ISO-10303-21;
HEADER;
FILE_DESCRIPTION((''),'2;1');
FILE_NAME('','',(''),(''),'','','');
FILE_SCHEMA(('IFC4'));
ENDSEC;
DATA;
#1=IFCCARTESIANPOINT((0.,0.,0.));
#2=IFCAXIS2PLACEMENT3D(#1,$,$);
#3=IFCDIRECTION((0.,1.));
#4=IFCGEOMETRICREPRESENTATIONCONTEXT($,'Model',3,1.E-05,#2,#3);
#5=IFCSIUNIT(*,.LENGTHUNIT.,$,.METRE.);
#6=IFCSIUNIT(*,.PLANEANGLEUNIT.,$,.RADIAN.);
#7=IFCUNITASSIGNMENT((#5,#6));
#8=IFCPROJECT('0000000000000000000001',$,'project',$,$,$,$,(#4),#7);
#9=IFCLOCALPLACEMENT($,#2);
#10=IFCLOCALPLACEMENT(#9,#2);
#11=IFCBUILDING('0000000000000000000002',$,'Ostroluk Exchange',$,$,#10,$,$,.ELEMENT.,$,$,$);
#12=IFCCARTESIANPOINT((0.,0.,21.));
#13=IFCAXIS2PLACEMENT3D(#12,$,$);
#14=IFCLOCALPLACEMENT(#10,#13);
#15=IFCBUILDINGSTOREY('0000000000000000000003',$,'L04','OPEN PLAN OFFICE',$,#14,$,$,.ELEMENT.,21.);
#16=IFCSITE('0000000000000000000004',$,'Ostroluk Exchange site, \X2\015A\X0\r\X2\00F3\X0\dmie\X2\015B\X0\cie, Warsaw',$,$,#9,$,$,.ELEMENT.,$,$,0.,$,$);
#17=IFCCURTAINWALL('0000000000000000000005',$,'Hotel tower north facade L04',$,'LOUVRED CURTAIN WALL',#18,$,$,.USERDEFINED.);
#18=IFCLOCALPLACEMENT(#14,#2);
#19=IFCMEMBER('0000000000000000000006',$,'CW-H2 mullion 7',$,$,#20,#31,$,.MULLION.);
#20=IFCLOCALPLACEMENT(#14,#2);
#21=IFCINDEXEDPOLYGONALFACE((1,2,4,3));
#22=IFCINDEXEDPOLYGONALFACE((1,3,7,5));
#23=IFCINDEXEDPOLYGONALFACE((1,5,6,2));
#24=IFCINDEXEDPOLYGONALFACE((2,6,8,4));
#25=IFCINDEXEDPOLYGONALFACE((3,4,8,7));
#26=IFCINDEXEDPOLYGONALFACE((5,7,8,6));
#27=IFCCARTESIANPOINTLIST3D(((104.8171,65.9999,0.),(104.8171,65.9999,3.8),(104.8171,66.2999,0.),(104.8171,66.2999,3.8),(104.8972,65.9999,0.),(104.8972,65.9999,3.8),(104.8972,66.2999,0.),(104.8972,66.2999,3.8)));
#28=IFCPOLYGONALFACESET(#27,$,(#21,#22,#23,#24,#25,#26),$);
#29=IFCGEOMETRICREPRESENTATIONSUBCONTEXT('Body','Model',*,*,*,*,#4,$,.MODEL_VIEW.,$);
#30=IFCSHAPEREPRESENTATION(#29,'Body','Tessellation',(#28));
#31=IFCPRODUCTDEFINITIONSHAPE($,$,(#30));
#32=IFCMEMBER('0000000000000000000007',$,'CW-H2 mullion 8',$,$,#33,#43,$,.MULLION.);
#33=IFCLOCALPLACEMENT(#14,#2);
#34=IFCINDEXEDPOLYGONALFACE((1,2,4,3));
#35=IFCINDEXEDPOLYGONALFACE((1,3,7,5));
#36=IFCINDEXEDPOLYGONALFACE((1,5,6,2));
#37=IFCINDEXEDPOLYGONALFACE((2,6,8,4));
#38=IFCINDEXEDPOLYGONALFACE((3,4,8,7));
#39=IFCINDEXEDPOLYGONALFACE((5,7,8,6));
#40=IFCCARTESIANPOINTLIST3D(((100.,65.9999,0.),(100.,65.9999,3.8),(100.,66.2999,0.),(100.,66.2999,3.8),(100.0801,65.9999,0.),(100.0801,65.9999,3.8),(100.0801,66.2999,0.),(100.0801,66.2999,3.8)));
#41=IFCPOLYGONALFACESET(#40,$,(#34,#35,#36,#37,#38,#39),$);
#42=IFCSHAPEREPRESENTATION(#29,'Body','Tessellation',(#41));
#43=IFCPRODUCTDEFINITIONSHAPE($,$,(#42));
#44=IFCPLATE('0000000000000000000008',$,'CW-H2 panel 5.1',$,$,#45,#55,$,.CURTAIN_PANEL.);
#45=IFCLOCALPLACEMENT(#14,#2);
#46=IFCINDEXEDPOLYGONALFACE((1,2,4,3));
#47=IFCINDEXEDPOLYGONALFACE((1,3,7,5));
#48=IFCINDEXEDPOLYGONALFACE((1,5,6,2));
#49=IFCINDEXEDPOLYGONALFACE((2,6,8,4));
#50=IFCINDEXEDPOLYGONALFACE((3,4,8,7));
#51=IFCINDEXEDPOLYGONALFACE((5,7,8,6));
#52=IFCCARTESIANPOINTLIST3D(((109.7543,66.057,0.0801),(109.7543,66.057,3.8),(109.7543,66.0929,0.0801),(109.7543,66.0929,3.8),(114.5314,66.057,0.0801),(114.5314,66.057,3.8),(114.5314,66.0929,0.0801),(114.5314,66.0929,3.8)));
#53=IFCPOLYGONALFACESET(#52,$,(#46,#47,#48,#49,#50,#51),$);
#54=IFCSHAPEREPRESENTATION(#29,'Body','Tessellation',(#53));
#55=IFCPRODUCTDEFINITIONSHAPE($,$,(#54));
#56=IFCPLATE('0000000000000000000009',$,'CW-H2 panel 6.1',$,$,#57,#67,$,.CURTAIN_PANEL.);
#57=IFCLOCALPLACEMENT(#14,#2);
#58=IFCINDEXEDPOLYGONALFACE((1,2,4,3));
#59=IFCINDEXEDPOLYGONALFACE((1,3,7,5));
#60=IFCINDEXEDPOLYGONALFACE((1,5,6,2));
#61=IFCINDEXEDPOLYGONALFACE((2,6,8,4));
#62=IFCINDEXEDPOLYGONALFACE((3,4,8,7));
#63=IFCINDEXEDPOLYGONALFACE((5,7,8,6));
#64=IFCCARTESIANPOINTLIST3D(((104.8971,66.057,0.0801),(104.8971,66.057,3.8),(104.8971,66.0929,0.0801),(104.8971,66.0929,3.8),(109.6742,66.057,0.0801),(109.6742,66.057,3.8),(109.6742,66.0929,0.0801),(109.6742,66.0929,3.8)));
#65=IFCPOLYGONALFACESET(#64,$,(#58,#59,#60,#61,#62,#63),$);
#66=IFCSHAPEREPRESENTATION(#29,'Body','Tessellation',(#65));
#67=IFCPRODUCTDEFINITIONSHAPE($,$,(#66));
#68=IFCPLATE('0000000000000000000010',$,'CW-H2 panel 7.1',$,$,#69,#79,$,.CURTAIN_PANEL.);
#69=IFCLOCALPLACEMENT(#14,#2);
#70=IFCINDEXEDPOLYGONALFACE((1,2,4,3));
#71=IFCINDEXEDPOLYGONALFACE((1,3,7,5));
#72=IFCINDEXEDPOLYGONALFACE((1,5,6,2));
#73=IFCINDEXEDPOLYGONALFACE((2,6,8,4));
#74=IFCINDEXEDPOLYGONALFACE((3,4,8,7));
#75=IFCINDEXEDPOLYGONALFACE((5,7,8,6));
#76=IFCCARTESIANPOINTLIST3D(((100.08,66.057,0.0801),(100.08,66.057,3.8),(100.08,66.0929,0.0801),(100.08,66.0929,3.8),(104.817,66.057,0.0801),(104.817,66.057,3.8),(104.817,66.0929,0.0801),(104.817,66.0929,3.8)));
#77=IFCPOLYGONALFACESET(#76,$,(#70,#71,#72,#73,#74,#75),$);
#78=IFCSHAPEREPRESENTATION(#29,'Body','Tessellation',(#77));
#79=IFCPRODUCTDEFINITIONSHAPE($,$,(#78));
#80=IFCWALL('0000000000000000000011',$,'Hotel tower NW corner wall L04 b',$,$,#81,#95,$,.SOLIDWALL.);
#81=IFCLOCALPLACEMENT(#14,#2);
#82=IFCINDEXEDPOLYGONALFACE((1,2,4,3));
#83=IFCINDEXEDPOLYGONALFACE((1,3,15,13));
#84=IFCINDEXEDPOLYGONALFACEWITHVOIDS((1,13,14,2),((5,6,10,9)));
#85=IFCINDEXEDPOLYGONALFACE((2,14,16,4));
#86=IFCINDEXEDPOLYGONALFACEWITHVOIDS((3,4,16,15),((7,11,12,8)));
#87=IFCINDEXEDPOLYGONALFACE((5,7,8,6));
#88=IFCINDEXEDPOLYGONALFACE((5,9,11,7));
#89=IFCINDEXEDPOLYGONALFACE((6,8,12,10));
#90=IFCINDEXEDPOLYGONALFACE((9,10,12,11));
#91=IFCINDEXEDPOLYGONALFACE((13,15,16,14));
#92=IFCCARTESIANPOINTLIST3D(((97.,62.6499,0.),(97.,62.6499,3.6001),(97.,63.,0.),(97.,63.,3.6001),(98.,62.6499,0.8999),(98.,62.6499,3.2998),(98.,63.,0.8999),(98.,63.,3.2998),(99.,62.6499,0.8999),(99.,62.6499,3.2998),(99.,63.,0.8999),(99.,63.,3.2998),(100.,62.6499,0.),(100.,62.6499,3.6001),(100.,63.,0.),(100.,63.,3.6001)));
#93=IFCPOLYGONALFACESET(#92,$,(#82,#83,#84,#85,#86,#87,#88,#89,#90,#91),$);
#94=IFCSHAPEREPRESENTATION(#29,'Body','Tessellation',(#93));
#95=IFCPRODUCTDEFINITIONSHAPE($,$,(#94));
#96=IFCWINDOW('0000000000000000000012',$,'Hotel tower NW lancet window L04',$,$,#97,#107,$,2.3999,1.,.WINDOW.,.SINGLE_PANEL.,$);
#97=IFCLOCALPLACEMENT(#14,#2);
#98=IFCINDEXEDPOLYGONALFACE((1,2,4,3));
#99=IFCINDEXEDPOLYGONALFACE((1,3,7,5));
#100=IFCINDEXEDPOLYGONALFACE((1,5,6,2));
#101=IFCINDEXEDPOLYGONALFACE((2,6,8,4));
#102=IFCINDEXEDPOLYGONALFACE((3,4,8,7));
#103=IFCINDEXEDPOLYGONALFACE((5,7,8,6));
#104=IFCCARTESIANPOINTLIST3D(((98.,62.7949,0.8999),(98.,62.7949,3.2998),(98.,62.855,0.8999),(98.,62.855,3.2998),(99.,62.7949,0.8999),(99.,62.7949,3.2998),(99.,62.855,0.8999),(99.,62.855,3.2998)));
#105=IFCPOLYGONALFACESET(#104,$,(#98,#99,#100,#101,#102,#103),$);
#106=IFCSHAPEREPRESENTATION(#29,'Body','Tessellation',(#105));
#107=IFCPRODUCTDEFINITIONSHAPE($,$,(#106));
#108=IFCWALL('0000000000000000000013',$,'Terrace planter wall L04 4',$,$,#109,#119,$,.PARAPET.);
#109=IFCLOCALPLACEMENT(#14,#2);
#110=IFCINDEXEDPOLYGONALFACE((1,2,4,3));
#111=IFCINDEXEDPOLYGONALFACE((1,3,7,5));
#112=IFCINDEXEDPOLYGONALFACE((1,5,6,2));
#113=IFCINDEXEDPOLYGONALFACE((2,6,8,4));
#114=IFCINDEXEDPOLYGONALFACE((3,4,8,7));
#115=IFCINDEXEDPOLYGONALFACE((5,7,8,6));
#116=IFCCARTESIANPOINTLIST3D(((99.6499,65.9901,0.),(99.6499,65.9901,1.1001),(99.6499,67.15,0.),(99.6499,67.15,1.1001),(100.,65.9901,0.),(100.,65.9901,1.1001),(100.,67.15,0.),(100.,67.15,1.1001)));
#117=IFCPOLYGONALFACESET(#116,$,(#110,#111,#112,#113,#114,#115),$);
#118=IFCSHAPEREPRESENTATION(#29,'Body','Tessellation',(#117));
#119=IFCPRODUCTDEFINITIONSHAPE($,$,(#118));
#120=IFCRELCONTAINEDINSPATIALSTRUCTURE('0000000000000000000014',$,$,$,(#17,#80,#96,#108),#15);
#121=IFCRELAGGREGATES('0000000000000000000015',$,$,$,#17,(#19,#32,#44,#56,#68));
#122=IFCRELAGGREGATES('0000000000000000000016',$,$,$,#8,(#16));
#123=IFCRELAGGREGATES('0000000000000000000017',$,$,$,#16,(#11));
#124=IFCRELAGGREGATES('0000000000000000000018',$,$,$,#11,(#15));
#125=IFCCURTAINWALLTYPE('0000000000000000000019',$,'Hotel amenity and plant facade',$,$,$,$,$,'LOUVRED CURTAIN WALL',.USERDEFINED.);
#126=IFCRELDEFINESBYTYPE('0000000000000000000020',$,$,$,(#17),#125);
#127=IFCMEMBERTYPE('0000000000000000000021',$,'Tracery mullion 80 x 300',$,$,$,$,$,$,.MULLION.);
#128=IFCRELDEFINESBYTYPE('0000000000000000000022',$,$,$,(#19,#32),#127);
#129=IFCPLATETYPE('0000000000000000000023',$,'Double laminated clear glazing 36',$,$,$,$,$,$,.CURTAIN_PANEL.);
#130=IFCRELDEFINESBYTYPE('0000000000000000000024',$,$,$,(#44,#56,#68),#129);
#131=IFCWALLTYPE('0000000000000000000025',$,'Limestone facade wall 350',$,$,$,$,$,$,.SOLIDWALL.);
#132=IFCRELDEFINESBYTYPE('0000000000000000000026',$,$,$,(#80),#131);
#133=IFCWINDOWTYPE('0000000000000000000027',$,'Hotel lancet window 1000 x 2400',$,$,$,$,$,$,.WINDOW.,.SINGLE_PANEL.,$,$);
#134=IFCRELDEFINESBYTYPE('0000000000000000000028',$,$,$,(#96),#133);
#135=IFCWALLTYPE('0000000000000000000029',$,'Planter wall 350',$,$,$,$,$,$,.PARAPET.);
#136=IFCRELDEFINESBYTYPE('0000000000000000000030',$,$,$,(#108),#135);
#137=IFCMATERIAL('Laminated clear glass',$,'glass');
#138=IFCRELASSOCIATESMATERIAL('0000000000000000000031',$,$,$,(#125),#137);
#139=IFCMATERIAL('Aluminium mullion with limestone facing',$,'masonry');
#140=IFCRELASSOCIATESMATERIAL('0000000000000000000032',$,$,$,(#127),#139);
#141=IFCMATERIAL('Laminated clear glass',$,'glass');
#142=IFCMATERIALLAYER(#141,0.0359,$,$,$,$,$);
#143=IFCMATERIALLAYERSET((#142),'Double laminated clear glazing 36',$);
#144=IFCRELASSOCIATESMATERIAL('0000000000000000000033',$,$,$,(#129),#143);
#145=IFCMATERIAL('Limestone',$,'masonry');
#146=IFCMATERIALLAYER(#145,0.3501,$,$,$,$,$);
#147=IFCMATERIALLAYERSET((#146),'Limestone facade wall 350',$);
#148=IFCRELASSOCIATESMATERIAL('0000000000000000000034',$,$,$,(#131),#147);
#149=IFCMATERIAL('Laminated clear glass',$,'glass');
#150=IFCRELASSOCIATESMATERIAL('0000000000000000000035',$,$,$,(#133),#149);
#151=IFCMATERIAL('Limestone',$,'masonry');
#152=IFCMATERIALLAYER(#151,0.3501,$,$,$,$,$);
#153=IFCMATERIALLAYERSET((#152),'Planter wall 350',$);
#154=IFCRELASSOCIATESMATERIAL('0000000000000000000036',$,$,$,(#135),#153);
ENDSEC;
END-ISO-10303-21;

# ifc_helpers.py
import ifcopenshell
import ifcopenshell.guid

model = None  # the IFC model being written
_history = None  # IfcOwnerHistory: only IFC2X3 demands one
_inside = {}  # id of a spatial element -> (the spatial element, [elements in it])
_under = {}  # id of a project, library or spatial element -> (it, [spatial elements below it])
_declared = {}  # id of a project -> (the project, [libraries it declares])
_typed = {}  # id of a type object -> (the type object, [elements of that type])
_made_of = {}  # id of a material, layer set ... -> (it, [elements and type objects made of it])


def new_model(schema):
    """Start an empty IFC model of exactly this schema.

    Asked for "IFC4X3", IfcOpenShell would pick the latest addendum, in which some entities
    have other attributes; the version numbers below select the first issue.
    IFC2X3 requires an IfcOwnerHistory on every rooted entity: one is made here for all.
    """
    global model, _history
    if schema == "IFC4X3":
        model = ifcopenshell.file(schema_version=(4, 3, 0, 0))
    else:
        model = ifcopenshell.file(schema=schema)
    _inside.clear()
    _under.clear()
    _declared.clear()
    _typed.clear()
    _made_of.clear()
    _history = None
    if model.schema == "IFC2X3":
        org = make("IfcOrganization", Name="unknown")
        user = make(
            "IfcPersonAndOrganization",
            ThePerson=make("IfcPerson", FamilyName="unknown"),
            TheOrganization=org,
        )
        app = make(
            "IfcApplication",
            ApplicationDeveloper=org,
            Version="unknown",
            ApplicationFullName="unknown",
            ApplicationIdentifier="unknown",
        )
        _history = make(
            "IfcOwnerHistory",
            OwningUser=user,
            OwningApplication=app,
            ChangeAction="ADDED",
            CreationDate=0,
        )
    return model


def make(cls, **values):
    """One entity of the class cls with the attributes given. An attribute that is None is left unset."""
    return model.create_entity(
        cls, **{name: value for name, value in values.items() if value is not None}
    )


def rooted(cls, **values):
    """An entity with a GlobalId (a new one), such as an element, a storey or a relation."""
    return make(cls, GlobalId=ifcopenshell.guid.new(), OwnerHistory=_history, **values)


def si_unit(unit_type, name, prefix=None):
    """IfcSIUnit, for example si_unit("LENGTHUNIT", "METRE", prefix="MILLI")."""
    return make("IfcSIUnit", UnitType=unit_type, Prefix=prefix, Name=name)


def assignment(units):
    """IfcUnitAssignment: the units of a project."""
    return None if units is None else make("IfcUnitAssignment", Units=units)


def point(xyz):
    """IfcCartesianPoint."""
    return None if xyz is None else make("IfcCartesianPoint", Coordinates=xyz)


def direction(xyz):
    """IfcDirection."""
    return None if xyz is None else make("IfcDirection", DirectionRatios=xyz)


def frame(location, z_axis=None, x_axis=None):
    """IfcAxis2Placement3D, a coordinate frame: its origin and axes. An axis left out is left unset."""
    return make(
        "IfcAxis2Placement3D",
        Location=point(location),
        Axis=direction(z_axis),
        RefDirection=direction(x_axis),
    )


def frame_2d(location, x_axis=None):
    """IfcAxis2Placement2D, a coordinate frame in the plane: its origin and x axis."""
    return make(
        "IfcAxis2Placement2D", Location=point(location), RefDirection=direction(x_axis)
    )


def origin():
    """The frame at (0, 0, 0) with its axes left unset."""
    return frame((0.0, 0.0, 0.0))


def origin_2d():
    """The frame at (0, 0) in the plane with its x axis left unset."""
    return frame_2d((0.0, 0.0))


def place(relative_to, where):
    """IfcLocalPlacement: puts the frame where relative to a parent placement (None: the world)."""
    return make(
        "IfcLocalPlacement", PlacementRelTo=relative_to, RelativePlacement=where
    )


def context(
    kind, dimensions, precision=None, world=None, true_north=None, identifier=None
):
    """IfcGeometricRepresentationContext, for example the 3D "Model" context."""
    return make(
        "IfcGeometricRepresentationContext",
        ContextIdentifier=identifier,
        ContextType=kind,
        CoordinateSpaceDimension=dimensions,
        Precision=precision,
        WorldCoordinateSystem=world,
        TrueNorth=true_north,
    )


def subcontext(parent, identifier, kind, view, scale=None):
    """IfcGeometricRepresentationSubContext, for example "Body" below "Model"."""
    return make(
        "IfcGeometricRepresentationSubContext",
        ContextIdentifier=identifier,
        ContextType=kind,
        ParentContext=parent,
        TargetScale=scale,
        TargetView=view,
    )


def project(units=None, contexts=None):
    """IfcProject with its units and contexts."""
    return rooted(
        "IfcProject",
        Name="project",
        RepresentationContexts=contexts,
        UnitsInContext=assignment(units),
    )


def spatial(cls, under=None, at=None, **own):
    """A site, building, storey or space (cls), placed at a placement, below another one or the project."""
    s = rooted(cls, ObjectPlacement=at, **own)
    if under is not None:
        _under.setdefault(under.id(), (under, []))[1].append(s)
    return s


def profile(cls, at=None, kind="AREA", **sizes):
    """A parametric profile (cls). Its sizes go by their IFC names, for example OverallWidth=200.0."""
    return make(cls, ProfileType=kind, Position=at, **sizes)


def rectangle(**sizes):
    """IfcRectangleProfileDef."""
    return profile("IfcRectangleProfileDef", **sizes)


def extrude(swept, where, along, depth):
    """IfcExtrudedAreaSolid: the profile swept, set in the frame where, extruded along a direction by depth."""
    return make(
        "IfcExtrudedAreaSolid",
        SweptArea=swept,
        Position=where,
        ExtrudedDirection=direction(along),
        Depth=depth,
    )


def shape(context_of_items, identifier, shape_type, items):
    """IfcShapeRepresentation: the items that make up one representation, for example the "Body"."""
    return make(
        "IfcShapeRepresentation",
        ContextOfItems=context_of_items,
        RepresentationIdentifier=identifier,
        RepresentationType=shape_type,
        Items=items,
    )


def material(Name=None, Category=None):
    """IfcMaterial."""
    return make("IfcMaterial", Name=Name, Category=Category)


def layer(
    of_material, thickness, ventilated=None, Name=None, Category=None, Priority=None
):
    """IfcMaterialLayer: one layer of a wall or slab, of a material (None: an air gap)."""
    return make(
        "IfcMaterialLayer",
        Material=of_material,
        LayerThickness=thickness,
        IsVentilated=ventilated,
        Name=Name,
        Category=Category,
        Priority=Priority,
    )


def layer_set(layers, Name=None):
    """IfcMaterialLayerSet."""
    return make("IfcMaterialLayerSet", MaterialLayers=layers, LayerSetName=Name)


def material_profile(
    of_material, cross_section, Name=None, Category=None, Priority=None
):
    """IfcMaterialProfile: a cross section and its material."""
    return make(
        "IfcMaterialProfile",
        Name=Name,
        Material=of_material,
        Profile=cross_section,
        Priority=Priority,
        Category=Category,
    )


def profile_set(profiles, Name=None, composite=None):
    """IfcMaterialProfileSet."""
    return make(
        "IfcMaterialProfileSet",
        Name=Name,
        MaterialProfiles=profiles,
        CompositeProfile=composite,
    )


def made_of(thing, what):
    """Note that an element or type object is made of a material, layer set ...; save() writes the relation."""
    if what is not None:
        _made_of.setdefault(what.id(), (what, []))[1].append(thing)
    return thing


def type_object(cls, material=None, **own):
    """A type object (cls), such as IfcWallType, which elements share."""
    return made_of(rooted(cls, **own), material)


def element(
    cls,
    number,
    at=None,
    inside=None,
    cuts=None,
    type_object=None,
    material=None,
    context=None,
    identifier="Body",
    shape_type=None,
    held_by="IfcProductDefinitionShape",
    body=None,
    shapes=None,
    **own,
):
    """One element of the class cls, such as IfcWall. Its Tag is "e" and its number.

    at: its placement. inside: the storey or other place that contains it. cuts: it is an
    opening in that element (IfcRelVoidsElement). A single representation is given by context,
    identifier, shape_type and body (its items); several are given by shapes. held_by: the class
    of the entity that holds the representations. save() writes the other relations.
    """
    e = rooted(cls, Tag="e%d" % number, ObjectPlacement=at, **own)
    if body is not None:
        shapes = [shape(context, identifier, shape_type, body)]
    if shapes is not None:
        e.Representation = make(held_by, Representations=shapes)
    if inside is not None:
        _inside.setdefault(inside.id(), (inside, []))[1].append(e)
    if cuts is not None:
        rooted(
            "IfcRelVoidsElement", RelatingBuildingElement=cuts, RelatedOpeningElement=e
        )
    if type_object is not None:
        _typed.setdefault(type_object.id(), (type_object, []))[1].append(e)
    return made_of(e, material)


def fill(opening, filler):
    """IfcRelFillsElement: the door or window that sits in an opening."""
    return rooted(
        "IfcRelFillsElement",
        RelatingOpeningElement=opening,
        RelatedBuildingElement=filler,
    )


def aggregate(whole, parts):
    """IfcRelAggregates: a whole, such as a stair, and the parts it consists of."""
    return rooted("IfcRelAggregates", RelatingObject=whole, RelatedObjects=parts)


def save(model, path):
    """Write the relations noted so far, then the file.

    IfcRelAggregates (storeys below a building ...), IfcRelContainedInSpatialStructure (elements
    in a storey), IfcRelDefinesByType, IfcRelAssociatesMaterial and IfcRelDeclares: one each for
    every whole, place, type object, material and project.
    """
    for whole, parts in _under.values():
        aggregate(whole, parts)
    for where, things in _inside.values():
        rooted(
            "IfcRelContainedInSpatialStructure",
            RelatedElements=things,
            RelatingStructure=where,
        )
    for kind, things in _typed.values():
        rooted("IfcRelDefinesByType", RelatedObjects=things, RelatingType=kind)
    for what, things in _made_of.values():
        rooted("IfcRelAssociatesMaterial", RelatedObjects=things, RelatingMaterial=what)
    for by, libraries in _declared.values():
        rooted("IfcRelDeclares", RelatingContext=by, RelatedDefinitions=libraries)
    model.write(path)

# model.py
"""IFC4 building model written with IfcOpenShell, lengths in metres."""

from ifc_helpers import new_model, si_unit, direction, frame, frame_2d, origin, origin_2d, place, context, subcontext, project, spatial, rectangle, extrude, material, layer, layer_set, material_profile, profile_set, type_object, element, fill, aggregate, save


model = new_model("IFC4")

# Units and contexts
model_context = context("Model", 3, precision=1e-05, world=origin(), true_north=direction((0.0, 1.0)))
body_context = subcontext(model_context, "Body", "Model", "MODEL_VIEW")
ifc_project = project(units=[si_unit("LENGTHUNIT", "METRE"), si_unit("PLANEANGLEUNIT", "RADIAN")], contexts=[model_context])

# Site, building, storey
site_placement = place(None, origin())
site = spatial("IfcSite", under=ifc_project, at=site_placement, Name="Ostroluk Exchange site, Śródmieście, Warsaw", CompositionType="ELEMENT", RefElevation=0.0)
building_placement = place(site_placement, origin())
building = spatial("IfcBuilding", under=site, at=building_placement, Name="Ostroluk Exchange", CompositionType="ELEMENT")
storey_placement = place(building_placement, frame((0.0, 0.0, 21.0)))
storey = spatial("IfcBuildingStorey", under=building, at=storey_placement, Name="L04", Description="OPEN PLAN OFFICE", CompositionType="ELEMENT", Elevation=21.0)

# Curtain wall, members, plates
ifc_material_1 = material(Name="Laminated clear glass", Category="glass")
curtain_wall_type = type_object("IfcCurtainWallType", Name="Hotel amenity and plant facade", ElementType="LOUVRED CURTAIN WALL", PredefinedType="USERDEFINED", material=ifc_material_1)
curtain_wall_placement = place(storey_placement, origin())
curtain_wall = element("IfcCurtainWall", 1, at=curtain_wall_placement, inside=storey, type_object=curtain_wall_type, Name="Hotel tower north facade L04", ObjectType="LOUVRED CURTAIN WALL", PredefinedType="USERDEFINED")
ifc_material_2 = material(Name="Aluminium mullion with limestone facing", Category="masonry")
ifc_material_profile_1 = material_profile(ifc_material_2, rectangle(XDim=0.3, YDim=0.0801, at=origin_2d()), Name="Tracery mullion 80 x 300")
ifc_profile_set_1 = profile_set([ifc_material_profile_1], Name="Aluminium mullion with limestone facing")
member_type_1 = type_object("IfcMemberType", Name="Tracery mullion 80 x 300", PredefinedType="MULLION", material=ifc_profile_set_1)
member_1_placement = place(storey_placement, frame((104.8572, 66.1499, 0.0), z_axis=(0.0, 0.0, 1.0), x_axis=(0.0, -1.0, 0.0)))
member_1 = element("IfcMember", 2, at=member_1_placement, type_object=member_type_1, Name="CW-H2 mullion 7", PredefinedType="MULLION", context=body_context, shape_type="SweptSolid", body=[
    extrude(rectangle(XDim=0.3, YDim=0.0801, at=origin_2d()), origin(), (0.0, 0.0, 1.0), 3.8),
])
member_2_placement = place(storey_placement, frame((100.04, 66.1499, 0.0), z_axis=(0.0, 0.0, 1.0), x_axis=(0.0, -1.0, 0.0)))
member_2 = element("IfcMember", 3, at=member_2_placement, type_object=member_type_1, Name="CW-H2 mullion 8", PredefinedType="MULLION", context=body_context, shape_type="SweptSolid", body=[
    extrude(rectangle(XDim=0.3, YDim=0.0801, at=origin_2d()), origin(), (0.0, 0.0, 1.0), 3.8),
])
ifc_material_3 = material(Name="Laminated clear glass", Category="glass")
ifc_layer_1 = layer(ifc_material_3, 0.0359)
ifc_layer_set_1 = layer_set([ifc_layer_1], Name="Double laminated clear glazing 36")
plate_type = type_object("IfcPlateType", Name="Double laminated clear glazing 36", PredefinedType="CURTAIN_PANEL", material=ifc_layer_set_1)
plate_1_placement = place(storey_placement, frame((112.1428, 66.075, 0.0801), z_axis=(0.0, 0.0, 1.0), x_axis=(-1.0, 0.0, 0.0)))
plate_1 = element("IfcPlate", 4, at=plate_1_placement, type_object=plate_type, Name="CW-H2 panel 5.1", PredefinedType="CURTAIN_PANEL", context=body_context, shape_type="SweptSolid", body=[
    extrude(rectangle(XDim=4.7771, YDim=0.0359, at=origin_2d()), origin(), (0.0, 0.0, 1.0), 3.72),
])
plate_2_placement = place(storey_placement, frame((107.2856, 66.075, 0.0801), z_axis=(0.0, 0.0, 1.0), x_axis=(-1.0, 0.0, 0.0)))
plate_2 = element("IfcPlate", 5, at=plate_2_placement, type_object=plate_type, Name="CW-H2 panel 6.1", PredefinedType="CURTAIN_PANEL", context=body_context, shape_type="SweptSolid", body=[
    extrude(rectangle(XDim=4.7771, YDim=0.0359, at=origin_2d()), origin(), (0.0, 0.0, 1.0), 3.72),
])
plate_3_placement = place(storey_placement, frame((102.4485, 66.075, 0.0801), z_axis=(0.0, 0.0, 1.0), x_axis=(-1.0, 0.0, 0.0)))
plate_3 = element("IfcPlate", 6, at=plate_3_placement, type_object=plate_type, Name="CW-H2 panel 7.1", PredefinedType="CURTAIN_PANEL", context=body_context, shape_type="SweptSolid", body=[
    extrude(rectangle(XDim=4.7371, YDim=0.0359, at=origin_2d()), origin(), (0.0, 0.0, 1.0), 3.72),
])
aggregate(curtain_wall, [member_1, member_2, plate_1, plate_2, plate_3])

# Shared definitions
ifc_material_4 = material(Name="Limestone", Category="masonry")
ifc_layer_2 = layer(ifc_material_4, 0.3501)
ifc_layer_set_2 = layer_set([ifc_layer_2], Name="Limestone facade wall 350")
wall_type_1 = type_object("IfcWallType", Name="Limestone facade wall 350", PredefinedType="SOLIDWALL", material=ifc_layer_set_2)

# Wall, opening, window
wall_1_placement = place(storey_placement, frame((100.0, 62.825, 0.0), z_axis=(0.0, 0.0, 1.0), x_axis=(-1.0, 0.0, 0.0)))
wall_1 = element("IfcWall", 7, at=wall_1_placement, inside=storey, type_object=wall_type_1, Name="Hotel tower NW corner wall L04 b", PredefinedType="SOLIDWALL", context=body_context, shape_type="SweptSolid", body=[
    extrude(rectangle(XDim=3.0, YDim=0.3501, at=frame_2d((1.5, 0.0))), origin(), (0.0, 0.0, 1.0), 3.6001),
])
opening_1_placement = place(wall_1_placement, frame((1.0, 0.0, 0.8999)))
opening_1 = element("IfcOpeningElement", 8, at=opening_1_placement, cuts=wall_1, PredefinedType="OPENING", context=body_context, shape_type="SweptSolid", body=[
    extrude(rectangle(XDim=1.0, YDim=2.3999, at=frame_2d((0.5, 1.2))), frame((0.0, 0.1851, 0.0), z_axis=(0.0, -1.0, 0.0), x_axis=(1.0, 0.0, 0.0)), (0.0, 0.0, 1.0), 0.3701),
])
ifc_material_5 = material(Name="Laminated clear glass", Category="glass")
window_type = type_object("IfcWindowType", Name="Hotel lancet window 1000 x 2400", PartitioningType="SINGLE_PANEL", PredefinedType="WINDOW", material=ifc_material_5)
window_placement = place(opening_1_placement, origin())
window = element("IfcWindow", 9, at=window_placement, inside=storey, type_object=window_type, Name="Hotel tower NW lancet window L04", OverallHeight=2.3999, OverallWidth=1.0, PartitioningType="SINGLE_PANEL", PredefinedType="WINDOW", context=body_context, shape_type="SweptSolid", body=[
    extrude(rectangle(XDim=1.0, YDim=2.3999, at=frame_2d((0.5, 1.2))), frame((0.0, 0.03, 0.0), z_axis=(0.0, -1.0, 0.0), x_axis=(1.0, 0.0, 0.0)), (0.0, 0.0, 1.0), 0.0601),
])
fill(opening_1, window)

# Wall
ifc_material_6 = material(Name="Limestone", Category="masonry")
ifc_layer_3 = layer(ifc_material_6, 0.3501)
ifc_layer_set_3 = layer_set([ifc_layer_3], Name="Planter wall 350")
wall_type_2 = type_object("IfcWallType", Name="Planter wall 350", PredefinedType="PARAPET", material=ifc_layer_set_3)
wall_2_placement = place(storey_placement, frame((99.825, 65.99, 0.0), z_axis=(0.0, 0.0, 1.0), x_axis=(0.0, 1.0, 0.0)))
element("IfcWall", 10, at=wall_2_placement, inside=storey, type_object=wall_type_2, Name="Terrace planter wall L04 4", PredefinedType="PARAPET", context=body_context, shape_type="SweptSolid", body=[
    extrude(rectangle(XDim=1.1599, YDim=0.3501, at=frame_2d((0.5801, 0.0))), origin(), (0.0, 0.0, 1.0), 1.1001),
])

save(model, "model.ifc")
